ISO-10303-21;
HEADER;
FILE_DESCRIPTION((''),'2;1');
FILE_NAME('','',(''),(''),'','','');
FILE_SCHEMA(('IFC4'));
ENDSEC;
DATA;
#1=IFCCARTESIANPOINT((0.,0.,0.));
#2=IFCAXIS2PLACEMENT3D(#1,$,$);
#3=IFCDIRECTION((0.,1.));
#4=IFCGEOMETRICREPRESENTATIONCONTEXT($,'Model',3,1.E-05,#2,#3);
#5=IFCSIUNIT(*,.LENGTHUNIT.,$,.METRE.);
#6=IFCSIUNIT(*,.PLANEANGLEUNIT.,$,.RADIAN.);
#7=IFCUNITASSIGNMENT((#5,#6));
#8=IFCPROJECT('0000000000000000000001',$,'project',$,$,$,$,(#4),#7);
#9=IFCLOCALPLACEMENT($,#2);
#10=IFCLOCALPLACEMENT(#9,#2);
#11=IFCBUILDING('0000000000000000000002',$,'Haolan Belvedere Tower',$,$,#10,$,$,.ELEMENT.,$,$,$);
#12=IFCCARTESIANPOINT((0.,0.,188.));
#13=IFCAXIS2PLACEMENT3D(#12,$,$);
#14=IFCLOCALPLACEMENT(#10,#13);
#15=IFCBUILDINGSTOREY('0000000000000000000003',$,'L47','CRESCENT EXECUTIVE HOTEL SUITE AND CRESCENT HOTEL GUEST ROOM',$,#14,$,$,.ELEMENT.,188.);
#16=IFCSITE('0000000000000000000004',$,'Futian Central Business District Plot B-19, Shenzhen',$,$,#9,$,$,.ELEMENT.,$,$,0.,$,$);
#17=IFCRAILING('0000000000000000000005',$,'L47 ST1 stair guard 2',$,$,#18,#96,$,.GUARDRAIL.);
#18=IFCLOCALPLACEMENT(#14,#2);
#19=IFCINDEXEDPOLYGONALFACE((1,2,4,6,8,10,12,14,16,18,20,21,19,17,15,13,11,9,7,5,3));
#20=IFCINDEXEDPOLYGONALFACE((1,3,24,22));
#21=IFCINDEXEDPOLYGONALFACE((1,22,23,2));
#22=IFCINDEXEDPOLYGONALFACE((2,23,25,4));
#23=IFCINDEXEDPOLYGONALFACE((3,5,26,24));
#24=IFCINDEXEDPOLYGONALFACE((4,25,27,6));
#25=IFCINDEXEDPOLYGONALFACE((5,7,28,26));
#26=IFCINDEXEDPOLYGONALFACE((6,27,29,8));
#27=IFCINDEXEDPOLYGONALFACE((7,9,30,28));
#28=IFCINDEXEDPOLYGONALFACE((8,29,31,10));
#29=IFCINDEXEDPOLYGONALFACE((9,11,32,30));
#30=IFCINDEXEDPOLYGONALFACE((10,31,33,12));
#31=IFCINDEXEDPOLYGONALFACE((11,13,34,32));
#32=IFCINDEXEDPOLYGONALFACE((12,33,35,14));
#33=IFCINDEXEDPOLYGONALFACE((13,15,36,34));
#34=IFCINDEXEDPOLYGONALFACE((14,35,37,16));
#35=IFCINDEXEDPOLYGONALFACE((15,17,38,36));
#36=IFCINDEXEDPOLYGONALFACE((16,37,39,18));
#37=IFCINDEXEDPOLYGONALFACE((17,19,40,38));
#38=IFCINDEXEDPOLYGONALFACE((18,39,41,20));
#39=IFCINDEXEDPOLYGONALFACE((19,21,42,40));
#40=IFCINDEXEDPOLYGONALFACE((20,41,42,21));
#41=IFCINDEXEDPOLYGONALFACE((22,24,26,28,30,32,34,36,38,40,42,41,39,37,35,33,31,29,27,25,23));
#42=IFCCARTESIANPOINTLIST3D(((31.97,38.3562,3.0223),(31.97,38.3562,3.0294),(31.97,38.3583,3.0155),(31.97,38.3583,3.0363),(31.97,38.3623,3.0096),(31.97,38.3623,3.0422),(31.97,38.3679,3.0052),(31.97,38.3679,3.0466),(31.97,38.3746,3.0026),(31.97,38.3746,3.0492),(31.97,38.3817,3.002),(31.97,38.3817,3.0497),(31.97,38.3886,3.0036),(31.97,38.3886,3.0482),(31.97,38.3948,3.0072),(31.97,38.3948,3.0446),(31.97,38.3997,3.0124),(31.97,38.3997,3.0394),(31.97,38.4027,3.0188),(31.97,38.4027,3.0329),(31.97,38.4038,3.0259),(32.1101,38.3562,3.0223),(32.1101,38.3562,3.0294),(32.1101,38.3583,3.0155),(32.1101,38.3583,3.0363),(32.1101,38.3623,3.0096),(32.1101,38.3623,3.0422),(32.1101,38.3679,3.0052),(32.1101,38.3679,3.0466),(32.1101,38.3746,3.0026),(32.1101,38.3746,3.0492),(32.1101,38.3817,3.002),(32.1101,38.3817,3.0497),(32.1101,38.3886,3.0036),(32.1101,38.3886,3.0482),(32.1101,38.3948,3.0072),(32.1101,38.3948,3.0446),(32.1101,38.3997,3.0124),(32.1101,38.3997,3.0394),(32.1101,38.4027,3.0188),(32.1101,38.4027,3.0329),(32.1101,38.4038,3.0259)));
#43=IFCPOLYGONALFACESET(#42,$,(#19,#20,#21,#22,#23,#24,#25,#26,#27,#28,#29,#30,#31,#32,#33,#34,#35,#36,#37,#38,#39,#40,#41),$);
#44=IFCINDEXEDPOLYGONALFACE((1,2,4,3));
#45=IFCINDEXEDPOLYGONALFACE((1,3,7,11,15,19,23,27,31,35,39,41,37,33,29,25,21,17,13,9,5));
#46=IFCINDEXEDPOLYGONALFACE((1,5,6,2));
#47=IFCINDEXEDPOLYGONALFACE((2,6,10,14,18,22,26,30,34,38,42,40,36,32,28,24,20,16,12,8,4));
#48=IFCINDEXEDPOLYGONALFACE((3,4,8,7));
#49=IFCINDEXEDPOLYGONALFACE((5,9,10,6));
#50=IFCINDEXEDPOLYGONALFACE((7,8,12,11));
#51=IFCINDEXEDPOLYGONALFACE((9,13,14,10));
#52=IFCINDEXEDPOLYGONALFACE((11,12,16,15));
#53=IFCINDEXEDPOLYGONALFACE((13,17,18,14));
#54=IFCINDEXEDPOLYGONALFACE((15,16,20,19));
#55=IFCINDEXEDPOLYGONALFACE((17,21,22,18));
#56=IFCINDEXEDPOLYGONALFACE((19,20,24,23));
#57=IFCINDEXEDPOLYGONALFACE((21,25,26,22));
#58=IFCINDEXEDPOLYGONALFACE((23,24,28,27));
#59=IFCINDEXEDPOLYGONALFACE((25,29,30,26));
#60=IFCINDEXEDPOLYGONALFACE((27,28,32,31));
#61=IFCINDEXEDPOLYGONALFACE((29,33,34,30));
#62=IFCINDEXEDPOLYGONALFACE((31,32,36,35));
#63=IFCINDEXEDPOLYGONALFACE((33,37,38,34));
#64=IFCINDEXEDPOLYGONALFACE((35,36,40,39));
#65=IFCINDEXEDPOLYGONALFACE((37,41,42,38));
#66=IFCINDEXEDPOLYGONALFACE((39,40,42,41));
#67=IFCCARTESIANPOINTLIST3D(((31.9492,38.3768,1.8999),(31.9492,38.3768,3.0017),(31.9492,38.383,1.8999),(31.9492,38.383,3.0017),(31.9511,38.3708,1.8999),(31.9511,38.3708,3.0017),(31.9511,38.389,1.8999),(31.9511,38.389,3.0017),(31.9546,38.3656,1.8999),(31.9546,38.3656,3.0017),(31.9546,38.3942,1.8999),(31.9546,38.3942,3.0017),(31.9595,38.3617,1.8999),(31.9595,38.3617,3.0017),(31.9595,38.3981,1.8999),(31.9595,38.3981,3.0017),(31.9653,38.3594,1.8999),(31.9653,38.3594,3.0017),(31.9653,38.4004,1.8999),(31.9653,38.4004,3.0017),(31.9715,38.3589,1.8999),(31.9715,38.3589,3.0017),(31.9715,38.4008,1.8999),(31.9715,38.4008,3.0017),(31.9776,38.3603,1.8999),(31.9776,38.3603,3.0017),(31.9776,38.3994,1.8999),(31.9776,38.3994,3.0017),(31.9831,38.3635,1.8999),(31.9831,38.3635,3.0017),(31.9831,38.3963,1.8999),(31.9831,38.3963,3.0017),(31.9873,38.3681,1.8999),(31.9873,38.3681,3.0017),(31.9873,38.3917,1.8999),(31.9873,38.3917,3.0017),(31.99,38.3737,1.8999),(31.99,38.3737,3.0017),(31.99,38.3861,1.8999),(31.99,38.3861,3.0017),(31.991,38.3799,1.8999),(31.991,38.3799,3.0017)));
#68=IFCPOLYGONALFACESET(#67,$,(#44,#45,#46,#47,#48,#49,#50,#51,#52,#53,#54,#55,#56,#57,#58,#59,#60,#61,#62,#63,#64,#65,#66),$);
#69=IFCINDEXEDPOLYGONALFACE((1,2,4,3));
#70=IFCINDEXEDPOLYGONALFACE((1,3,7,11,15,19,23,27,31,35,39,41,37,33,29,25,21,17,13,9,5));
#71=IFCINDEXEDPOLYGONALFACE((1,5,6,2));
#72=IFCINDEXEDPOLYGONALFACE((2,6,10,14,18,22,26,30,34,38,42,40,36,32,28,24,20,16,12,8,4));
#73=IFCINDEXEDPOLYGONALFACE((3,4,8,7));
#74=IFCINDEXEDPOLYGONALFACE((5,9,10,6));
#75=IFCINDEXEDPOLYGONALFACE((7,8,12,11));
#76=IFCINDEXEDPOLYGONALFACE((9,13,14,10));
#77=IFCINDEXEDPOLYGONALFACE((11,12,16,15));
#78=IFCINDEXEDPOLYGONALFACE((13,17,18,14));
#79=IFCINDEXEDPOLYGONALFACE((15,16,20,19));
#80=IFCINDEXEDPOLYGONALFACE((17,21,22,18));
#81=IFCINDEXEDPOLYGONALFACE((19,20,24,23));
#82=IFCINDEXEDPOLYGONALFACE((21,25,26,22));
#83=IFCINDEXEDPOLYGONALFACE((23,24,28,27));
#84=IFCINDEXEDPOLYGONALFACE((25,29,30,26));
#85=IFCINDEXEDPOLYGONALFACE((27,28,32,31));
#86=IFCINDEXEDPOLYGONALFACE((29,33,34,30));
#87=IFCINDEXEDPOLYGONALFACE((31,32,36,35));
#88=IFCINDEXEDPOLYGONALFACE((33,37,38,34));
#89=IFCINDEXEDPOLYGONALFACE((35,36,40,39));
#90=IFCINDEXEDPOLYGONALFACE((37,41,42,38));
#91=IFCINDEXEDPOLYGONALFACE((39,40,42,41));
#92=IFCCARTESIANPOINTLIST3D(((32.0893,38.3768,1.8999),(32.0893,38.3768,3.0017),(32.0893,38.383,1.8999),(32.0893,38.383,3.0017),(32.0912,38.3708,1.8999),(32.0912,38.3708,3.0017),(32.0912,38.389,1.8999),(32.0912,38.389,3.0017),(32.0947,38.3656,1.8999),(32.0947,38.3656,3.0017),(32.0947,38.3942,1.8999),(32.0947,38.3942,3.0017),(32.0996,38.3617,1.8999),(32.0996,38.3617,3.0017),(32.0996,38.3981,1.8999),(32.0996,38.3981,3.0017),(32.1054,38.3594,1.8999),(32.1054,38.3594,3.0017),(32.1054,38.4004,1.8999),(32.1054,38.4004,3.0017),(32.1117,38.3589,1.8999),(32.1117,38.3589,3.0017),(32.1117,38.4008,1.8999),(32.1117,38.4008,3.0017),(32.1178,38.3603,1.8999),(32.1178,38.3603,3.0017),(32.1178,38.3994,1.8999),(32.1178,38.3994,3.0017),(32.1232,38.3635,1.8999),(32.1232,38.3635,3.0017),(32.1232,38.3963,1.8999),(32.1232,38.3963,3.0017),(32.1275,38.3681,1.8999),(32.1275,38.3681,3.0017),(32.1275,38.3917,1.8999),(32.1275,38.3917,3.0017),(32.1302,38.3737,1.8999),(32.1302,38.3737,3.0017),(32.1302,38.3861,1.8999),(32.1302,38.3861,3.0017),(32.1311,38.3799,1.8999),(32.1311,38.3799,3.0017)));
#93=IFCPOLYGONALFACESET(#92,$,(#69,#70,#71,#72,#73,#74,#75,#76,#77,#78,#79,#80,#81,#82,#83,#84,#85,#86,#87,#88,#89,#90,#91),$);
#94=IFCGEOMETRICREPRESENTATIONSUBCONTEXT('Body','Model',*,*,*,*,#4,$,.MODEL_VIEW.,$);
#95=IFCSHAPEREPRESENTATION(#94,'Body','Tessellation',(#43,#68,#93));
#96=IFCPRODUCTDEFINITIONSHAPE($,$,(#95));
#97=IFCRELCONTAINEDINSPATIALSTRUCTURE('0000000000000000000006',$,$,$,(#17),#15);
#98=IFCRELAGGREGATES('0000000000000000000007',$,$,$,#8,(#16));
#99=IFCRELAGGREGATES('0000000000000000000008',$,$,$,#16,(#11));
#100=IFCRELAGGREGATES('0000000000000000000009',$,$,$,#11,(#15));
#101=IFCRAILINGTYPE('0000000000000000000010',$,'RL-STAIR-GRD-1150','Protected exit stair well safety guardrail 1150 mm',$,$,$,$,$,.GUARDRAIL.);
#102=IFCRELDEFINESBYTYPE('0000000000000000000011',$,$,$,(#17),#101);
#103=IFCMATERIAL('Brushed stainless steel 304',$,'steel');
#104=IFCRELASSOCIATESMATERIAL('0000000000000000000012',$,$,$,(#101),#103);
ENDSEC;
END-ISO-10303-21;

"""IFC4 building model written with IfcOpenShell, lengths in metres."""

from ifc_helpers import new_model, si_unit, direction, frame, origin, origin_2d, place, context, subcontext, project, spatial, circle, extrude, material, type_object, element, save


model = new_model("IFC4")

# Units and contexts
model_context = context("Model", 3, precision=1e-05, world=origin(), true_north=direction((0.0, 1.0)))
body_context = subcontext(model_context, "Body", "Model", "MODEL_VIEW")
ifc_project = project(units=[si_unit("LENGTHUNIT", "METRE"), si_unit("PLANEANGLEUNIT", "RADIAN")], contexts=[model_context])

# Site, building, storey
site_placement = place(None, origin())
site = spatial("IfcSite", under=ifc_project, at=site_placement, Name="Futian Central Business District Plot B-19, Shenzhen", CompositionType="ELEMENT", RefElevation=0.0)
building_placement = place(site_placement, origin())
building = spatial("IfcBuilding", under=site, at=building_placement, Name="Haolan Belvedere Tower", CompositionType="ELEMENT")
storey_placement = place(building_placement, frame((0.0, 0.0, 188.0)))
storey = spatial("IfcBuildingStorey", under=building, at=storey_placement, Name="L47", Description="CRESCENT EXECUTIVE HOTEL SUITE AND CRESCENT HOTEL GUEST ROOM", CompositionType="ELEMENT", Elevation=188.0)

# Railing
ifc_material_1 = material(Name="Brushed stainless steel 304", Category="steel")
railing_type_1 = type_object("IfcRailingType", Name="RL-STAIR-GRD-1150", Description="Protected exit stair well safety guardrail 1150 mm", PredefinedType="GUARDRAIL", material=ifc_material_1)
railing_1_placement = place(storey_placement, frame((31.97, 38.3799, 1.8999)))
element("IfcRailing", 1, at=railing_1_placement, inside=storey, type_object=railing_type_1, Name="L47 ST1 stair guard 2", PredefinedType="GUARDRAIL", context=body_context, shape_type="SweptSolid", body=[
    extrude(circle(Radius=0.0239, at=origin_2d()), frame((0.0, 0.0, 1.126), z_axis=(1.0, 0.0, 0.0), x_axis=(0.0, 1.0, 0.0)), (0.0, 0.0, 1.0), 0.1401),
    extrude(circle(Radius=0.021, at=origin_2d()), origin(), (0.0, 0.0, 1.0), 1.1018),
    extrude(circle(Radius=0.021, at=origin_2d()), frame((0.1401, 0.0, 0.0)), (0.0, 0.0, 1.0), 1.1018),
])

save(model, "model.ifc")
